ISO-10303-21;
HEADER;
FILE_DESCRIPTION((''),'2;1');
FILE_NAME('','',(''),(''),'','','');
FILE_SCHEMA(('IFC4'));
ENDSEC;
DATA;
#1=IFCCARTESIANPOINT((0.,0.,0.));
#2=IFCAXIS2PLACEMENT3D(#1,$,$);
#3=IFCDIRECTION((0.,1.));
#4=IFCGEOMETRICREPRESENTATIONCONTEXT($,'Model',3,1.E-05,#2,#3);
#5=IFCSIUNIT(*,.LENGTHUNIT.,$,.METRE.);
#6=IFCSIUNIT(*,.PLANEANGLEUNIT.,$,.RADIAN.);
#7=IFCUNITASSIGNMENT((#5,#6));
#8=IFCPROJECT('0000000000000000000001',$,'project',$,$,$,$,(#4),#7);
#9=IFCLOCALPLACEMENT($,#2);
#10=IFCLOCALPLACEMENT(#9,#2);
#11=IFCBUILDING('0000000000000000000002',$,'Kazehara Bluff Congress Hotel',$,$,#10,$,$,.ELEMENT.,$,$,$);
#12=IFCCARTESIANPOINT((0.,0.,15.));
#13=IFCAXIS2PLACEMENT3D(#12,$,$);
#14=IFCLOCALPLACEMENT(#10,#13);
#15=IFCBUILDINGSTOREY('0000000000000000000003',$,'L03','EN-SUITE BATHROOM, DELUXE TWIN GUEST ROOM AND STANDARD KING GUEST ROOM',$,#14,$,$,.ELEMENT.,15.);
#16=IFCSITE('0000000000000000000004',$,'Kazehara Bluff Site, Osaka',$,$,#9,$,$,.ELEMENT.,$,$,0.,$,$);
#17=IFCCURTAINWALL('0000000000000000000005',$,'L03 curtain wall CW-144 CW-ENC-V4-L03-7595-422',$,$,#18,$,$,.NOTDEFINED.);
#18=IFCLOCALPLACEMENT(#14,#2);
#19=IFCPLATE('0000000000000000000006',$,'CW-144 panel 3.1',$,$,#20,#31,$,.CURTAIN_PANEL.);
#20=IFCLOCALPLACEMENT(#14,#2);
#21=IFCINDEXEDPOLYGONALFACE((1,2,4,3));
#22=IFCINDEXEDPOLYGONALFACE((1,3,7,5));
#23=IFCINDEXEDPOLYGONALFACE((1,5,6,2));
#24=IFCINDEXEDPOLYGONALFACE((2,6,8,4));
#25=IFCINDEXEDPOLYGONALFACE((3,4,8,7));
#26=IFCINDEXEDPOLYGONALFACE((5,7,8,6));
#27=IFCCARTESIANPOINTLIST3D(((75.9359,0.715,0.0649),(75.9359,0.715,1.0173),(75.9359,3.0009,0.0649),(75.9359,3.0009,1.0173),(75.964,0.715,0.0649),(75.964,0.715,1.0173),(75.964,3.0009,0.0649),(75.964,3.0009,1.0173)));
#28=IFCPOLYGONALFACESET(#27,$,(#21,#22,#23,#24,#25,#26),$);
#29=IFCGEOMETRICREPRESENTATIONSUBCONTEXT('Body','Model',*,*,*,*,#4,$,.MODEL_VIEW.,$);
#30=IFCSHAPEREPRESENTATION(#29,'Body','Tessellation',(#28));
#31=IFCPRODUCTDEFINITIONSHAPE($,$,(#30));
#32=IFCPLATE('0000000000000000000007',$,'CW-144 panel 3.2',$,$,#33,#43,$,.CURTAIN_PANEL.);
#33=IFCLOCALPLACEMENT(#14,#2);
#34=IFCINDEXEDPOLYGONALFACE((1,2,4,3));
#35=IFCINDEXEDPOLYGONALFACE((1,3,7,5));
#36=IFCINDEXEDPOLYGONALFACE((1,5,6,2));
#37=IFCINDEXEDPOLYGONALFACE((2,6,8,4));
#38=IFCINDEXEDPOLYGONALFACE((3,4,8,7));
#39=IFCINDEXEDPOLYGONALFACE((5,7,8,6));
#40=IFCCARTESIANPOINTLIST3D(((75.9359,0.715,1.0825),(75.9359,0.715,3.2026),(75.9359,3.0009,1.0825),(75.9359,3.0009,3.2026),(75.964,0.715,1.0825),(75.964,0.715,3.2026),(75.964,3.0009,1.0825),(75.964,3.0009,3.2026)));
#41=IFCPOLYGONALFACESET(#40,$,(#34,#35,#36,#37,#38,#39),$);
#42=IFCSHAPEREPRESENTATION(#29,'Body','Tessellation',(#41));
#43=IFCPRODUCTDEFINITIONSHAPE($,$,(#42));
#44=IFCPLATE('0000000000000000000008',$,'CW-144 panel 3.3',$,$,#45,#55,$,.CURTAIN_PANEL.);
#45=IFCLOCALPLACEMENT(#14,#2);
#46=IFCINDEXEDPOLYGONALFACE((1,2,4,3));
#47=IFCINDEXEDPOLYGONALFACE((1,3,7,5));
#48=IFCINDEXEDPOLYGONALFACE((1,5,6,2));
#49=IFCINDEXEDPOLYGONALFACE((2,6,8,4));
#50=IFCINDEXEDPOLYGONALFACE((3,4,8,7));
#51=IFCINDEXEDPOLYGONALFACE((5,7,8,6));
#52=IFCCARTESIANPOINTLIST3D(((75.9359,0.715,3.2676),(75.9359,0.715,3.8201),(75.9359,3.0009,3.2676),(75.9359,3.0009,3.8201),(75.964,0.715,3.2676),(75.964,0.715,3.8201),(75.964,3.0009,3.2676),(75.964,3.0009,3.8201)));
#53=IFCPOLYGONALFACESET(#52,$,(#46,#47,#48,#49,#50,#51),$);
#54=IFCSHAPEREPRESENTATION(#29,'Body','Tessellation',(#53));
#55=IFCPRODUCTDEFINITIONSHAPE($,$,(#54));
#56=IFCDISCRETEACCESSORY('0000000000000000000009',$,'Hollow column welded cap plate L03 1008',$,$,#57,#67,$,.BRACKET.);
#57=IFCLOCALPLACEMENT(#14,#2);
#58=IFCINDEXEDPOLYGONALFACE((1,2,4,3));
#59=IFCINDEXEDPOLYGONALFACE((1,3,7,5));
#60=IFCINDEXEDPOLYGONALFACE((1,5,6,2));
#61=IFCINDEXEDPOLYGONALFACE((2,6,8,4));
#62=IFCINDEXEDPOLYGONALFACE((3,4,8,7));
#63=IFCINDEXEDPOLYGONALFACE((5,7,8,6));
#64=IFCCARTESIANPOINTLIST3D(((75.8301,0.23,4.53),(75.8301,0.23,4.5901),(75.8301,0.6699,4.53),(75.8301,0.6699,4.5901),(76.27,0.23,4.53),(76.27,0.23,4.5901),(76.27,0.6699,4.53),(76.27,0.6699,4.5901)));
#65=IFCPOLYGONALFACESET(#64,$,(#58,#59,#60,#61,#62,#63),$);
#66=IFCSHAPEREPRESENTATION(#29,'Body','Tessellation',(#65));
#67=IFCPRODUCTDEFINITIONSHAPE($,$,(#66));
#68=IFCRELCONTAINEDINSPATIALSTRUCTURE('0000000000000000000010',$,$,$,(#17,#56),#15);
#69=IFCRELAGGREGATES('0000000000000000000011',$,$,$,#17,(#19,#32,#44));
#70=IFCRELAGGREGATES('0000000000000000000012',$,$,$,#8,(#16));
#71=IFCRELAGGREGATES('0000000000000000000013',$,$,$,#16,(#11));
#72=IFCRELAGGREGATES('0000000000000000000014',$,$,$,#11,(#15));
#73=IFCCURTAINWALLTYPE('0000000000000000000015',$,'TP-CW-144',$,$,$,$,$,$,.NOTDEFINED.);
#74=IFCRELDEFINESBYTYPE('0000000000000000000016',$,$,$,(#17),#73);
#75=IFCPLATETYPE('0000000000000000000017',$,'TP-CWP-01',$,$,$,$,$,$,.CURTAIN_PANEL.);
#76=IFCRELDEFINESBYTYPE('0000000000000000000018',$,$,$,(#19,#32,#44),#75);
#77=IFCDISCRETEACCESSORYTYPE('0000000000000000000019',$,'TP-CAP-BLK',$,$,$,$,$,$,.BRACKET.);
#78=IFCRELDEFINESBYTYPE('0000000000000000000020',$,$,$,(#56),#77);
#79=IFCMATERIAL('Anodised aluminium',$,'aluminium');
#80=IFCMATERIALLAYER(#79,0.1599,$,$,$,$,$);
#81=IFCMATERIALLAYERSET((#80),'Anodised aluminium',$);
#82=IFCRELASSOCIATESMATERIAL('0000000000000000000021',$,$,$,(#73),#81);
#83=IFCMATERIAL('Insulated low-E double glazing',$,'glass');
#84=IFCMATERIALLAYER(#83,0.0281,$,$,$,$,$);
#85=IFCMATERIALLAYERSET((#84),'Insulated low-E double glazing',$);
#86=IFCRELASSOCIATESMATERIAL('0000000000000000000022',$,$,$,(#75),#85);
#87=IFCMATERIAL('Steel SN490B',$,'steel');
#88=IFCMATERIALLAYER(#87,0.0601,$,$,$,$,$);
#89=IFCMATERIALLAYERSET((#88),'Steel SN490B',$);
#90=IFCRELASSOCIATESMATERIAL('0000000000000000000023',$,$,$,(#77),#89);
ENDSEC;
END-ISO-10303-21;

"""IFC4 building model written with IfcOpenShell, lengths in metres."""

from ifc_helpers import new_model, si_unit, direction, frame, origin, origin_2d, place, context, subcontext, project, spatial, rectangle, extrude, material, layer, layer_set, type_object, element, aggregate, save


model = new_model("IFC4")

# Units and contexts
model_context = context("Model", 3, precision=1e-05, world=origin(), true_north=direction((0.0, 1.0)))
body_context = subcontext(model_context, "Body", "Model", "MODEL_VIEW")
ifc_project = project(units=[si_unit("LENGTHUNIT", "METRE"), si_unit("PLANEANGLEUNIT", "RADIAN")], contexts=[model_context])

# Site, building, storey
site_placement = place(None, origin())
site = spatial("IfcSite", under=ifc_project, at=site_placement, Name="Kazehara Bluff Site, Osaka", CompositionType="ELEMENT", RefElevation=0.0)
building_placement = place(site_placement, origin())
building = spatial("IfcBuilding", under=site, at=building_placement, Name="Kazehara Bluff Congress Hotel", CompositionType="ELEMENT")
storey_placement = place(building_placement, frame((0.0, 0.0, 15.0)))
storey = spatial("IfcBuildingStorey", under=building, at=storey_placement, Name="L03", Description="EN-SUITE BATHROOM, DELUXE TWIN GUEST ROOM AND STANDARD KING GUEST ROOM", CompositionType="ELEMENT", Elevation=15.0)

# Curtain wall
ifc_material_1 = material(Name="Anodised aluminium", Category="aluminium")
ifc_layer_1 = layer(ifc_material_1, 0.1599)
ifc_layer_set_1 = layer_set([ifc_layer_1], Name="Anodised aluminium")
curtain_wall_type_1 = type_object("IfcCurtainWallType", Name="TP-CW-144", PredefinedType="NOTDEFINED", material=ifc_layer_set_1)
curtain_wall_1_placement = place(storey_placement, origin())
curtain_wall_1 = element("IfcCurtainWall", 1, at=curtain_wall_1_placement, inside=storey, type_object=curtain_wall_type_1, Name="L03 curtain wall CW-144 CW-ENC-V4-L03-7595-422", PredefinedType="NOTDEFINED")

# Plates
ifc_material_2 = material(Name="Insulated low-E double glazing", Category="glass")
ifc_layer_2 = layer(ifc_material_2, 0.0281)
ifc_layer_set_2 = layer_set([ifc_layer_2], Name="Insulated low-E double glazing")
plate_type = type_object("IfcPlateType", Name="TP-CWP-01", PredefinedType="CURTAIN_PANEL", material=ifc_layer_set_2)
plate_1_placement = place(storey_placement, frame((75.95, 1.8579, 0.0649), z_axis=(0.0, 0.0, 1.0), x_axis=(0.0, -1.0, 0.0)))
plate_1 = element("IfcPlate", 2, at=plate_1_placement, type_object=plate_type, Name="CW-144 panel 3.1", PredefinedType="CURTAIN_PANEL", context=body_context, shape_type="SweptSolid", body=[
    extrude(rectangle(XDim=2.2859, YDim=0.0281, at=origin_2d()), origin(), (0.0, 0.0, 1.0), 0.9524),
])
plate_2_placement = place(storey_placement, frame((75.95, 1.8579, 1.0825), z_axis=(0.0, 0.0, 1.0), x_axis=(0.0, -1.0, 0.0)))
plate_2 = element("IfcPlate", 3, at=plate_2_placement, type_object=plate_type, Name="CW-144 panel 3.2", PredefinedType="CURTAIN_PANEL", context=body_context, shape_type="SweptSolid", body=[
    extrude(rectangle(XDim=2.2859, YDim=0.0281, at=origin_2d()), origin(), (0.0, 0.0, 1.0), 2.1201),
])
plate_3_placement = place(storey_placement, frame((75.95, 1.8579, 3.2676), z_axis=(0.0, 0.0, 1.0), x_axis=(0.0, -1.0, 0.0)))
plate_3 = element("IfcPlate", 4, at=plate_3_placement, type_object=plate_type, Name="CW-144 panel 3.3", PredefinedType="CURTAIN_PANEL", context=body_context, shape_type="SweptSolid", body=[
    extrude(rectangle(XDim=2.2859, YDim=0.0281, at=origin_2d()), origin(), (0.0, 0.0, 1.0), 0.5525),
])
aggregate(curtain_wall_1, [plate_1, plate_2, plate_3])

# Discrete accessory
ifc_material_3 = material(Name="Steel SN490B", Category="steel")
ifc_layer_3 = layer(ifc_material_3, 0.0601)
ifc_layer_set_3 = layer_set([ifc_layer_3], Name="Steel SN490B")
discrete_accessory_type = type_object("IfcDiscreteAccessoryType", Name="TP-CAP-BLK", PredefinedType="BRACKET", material=ifc_layer_set_3)
discrete_accessory_placement = place(storey_placement, frame((76.05, 0.45, 4.53), z_axis=(0.0, 0.0, 1.0), x_axis=(1.0, 0.0, 0.0)))
element("IfcDiscreteAccessory", 5, at=discrete_accessory_placement, inside=storey, type_object=discrete_accessory_type, Name="Hollow column welded cap plate L03 1008", PredefinedType="BRACKET", context=body_context, shape_type="SweptSolid", body=[
    extrude(rectangle(XDim=0.4399, YDim=0.4399, at=origin_2d()), origin(), (0.0, 0.0, 1.0), 0.0601),
])

save(model, "model.ifc")
